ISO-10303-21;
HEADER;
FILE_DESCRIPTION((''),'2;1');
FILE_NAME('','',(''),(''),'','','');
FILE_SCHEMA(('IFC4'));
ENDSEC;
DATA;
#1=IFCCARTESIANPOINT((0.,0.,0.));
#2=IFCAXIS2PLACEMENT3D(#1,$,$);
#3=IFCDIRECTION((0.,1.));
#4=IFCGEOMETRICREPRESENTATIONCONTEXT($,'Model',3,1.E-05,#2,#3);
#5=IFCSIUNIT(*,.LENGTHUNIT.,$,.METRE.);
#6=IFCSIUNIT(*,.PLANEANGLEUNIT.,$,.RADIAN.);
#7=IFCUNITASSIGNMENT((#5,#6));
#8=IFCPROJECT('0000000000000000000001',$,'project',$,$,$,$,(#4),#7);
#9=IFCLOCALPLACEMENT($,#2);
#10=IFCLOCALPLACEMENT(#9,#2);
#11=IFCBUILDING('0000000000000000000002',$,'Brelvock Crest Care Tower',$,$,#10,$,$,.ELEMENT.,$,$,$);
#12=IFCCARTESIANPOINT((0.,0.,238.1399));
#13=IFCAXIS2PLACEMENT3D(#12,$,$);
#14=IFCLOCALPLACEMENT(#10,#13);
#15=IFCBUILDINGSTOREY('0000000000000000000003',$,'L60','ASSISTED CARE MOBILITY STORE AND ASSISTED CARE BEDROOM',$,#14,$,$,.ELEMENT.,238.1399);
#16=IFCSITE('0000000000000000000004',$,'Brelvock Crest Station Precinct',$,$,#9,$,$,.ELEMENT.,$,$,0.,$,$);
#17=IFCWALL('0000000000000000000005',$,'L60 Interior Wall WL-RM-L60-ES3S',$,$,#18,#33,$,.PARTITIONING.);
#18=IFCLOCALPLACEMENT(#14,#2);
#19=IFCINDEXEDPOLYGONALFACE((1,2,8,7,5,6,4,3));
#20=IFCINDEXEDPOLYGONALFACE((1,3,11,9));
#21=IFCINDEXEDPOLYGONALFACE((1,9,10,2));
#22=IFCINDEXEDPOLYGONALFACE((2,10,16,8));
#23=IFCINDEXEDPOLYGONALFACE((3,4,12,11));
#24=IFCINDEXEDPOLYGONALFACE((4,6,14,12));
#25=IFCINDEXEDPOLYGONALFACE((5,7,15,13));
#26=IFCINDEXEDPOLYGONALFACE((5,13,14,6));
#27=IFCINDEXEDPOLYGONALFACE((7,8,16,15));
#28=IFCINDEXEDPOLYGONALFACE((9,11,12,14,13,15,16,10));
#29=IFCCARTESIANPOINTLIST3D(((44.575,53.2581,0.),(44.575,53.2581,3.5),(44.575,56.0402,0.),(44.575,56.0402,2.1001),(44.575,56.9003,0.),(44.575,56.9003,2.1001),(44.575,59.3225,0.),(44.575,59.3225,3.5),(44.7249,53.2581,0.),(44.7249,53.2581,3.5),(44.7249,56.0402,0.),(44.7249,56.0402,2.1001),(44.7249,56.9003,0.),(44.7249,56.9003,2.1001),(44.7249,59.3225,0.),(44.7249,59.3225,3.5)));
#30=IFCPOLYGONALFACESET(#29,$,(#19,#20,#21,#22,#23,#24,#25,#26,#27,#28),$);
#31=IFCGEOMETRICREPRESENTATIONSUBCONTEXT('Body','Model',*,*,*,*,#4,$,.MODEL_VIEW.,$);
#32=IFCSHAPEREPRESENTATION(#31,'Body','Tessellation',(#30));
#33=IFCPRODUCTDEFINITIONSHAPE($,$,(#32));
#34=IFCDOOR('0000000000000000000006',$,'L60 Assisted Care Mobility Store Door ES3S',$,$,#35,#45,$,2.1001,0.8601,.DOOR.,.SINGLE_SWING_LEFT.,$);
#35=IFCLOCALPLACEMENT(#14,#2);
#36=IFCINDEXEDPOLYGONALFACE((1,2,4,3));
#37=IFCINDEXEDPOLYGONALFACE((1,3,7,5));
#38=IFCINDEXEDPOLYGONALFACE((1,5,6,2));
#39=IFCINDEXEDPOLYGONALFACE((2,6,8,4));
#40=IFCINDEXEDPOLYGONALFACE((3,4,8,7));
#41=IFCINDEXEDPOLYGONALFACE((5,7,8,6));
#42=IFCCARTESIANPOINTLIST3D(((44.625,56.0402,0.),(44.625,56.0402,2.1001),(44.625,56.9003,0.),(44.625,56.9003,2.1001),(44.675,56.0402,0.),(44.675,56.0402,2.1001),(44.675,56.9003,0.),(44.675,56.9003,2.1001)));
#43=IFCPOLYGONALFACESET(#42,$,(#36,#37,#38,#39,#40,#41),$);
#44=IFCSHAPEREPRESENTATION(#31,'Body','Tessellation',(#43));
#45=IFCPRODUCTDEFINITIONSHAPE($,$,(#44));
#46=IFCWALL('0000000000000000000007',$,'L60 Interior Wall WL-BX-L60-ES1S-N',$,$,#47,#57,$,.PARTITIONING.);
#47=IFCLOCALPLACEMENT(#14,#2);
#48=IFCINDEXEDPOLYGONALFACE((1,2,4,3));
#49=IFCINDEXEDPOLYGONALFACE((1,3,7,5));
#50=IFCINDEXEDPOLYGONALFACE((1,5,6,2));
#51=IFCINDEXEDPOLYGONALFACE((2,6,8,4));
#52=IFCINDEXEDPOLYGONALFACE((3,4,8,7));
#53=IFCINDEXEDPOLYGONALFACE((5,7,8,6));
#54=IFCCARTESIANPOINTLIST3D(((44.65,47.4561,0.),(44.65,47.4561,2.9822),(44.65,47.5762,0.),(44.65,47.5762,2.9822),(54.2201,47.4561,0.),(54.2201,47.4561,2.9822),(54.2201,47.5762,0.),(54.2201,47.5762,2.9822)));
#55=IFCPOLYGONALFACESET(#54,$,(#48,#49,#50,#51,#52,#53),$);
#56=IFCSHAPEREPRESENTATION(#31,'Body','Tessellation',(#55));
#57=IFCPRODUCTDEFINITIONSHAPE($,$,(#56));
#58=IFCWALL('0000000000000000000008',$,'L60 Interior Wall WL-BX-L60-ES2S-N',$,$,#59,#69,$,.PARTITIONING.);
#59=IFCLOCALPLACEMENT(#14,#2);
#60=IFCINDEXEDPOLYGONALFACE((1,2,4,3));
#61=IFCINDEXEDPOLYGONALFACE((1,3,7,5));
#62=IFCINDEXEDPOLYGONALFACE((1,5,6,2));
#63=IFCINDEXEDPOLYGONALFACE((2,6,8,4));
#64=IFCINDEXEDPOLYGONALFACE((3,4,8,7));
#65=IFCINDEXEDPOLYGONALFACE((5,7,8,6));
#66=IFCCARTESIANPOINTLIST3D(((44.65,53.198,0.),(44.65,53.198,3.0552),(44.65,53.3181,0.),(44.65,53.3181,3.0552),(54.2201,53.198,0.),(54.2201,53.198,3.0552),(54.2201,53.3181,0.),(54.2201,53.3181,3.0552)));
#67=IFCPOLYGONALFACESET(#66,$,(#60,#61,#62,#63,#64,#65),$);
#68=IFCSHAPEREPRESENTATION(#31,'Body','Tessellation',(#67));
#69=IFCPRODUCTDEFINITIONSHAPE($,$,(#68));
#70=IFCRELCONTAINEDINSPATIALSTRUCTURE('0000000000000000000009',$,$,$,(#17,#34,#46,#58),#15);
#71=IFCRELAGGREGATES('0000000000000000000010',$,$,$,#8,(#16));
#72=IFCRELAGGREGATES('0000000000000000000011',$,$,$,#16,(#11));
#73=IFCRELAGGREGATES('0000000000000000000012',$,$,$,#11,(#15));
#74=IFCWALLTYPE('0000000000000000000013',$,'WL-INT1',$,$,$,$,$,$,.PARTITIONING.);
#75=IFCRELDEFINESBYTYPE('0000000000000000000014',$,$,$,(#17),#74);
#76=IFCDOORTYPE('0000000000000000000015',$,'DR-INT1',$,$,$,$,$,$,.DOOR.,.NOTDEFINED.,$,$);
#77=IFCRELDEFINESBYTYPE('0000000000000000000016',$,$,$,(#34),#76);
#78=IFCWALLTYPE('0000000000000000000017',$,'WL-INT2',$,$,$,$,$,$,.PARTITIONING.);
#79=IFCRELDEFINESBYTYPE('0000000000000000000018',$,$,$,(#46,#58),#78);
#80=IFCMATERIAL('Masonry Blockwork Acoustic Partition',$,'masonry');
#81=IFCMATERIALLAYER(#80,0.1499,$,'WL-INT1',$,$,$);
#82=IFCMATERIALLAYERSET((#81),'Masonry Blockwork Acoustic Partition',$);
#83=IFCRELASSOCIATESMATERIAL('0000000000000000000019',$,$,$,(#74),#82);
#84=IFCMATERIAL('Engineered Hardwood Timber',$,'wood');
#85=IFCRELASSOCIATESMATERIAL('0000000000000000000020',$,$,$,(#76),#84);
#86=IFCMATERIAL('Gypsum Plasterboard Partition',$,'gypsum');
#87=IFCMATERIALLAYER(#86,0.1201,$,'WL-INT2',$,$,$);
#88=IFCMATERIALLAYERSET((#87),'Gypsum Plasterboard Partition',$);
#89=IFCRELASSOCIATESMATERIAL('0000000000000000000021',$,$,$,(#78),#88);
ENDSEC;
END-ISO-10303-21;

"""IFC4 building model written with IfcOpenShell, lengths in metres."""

from ifc_helpers import new_model, si_unit, direction, frame, frame_2d, origin, origin_2d, place, context, subcontext, project, spatial, rectangle, extrude, source, transform, mapped, material, layer, layer_set, type_object, element, fill, save


model = new_model("IFC4")

# Units and contexts
model_context = context("Model", 3, precision=1e-05, world=origin(), true_north=direction((0.0, 1.0)))
body_context = subcontext(model_context, "Body", "Model", "MODEL_VIEW")
ifc_project = project(units=[si_unit("LENGTHUNIT", "METRE"), si_unit("PLANEANGLEUNIT", "RADIAN")], contexts=[model_context])

# Site, building, storey
site_placement = place(None, origin())
site = spatial("IfcSite", under=ifc_project, at=site_placement, Name="Brelvock Crest Station Precinct", CompositionType="ELEMENT", RefElevation=0.0)
building_placement = place(site_placement, origin())
building = spatial("IfcBuilding", under=site, at=building_placement, Name="Brelvock Crest Care Tower", CompositionType="ELEMENT")
storey_placement = place(building_placement, frame((0.0, 0.0, 238.1399)))
storey = spatial("IfcBuildingStorey", under=building, at=storey_placement, Name="L60", Description="ASSISTED CARE MOBILITY STORE AND ASSISTED CARE BEDROOM", CompositionType="ELEMENT", Elevation=238.1399)

# Wall, opening, door
ifc_material_1 = material(Name="Masonry Blockwork Acoustic Partition", Category="masonry")
ifc_layer_1 = layer(ifc_material_1, 0.1499, Name="WL-INT1")
ifc_layer_set_1 = layer_set([ifc_layer_1], Name="Masonry Blockwork Acoustic Partition")
wall_type_1 = type_object("IfcWallType", Name="WL-INT1", PredefinedType="PARTITIONING", material=ifc_layer_set_1)
ifc_material_2 = material(Name="Engineered Hardwood Timber", Category="wood")
door_type = type_object("IfcDoorType", Name="DR-INT1", OperationType="NOTDEFINED", PredefinedType="DOOR", material=ifc_material_2)
shared_shape_1 = source(origin(), body_context, "Body", "SweptSolid", [
    extrude(rectangle(XDim=0.8601, YDim=2.1001, at=origin_2d()), frame((0.4302, 0.0249, 1.05), z_axis=(0.0, -1.0, 0.0), x_axis=(1.0, 0.0, 0.0)), (0.0, 0.0, 1.0), 0.05),
])
wall_1_placement = place(storey_placement, frame((44.6499, 53.2581, 0.0), z_axis=(0.0, 0.0, 1.0), x_axis=(0.0, 1.0, 0.0)))
wall_1 = element("IfcWall", 1, at=wall_1_placement, inside=storey, type_object=wall_type_1, Name="L60 Interior Wall WL-RM-L60-ES3S", PredefinedType="PARTITIONING", context=body_context, shape_type="SweptSolid", body=[
    extrude(rectangle(XDim=6.0645, YDim=0.1499, at=frame_2d((3.0322, 0.0))), origin(), (0.0, 0.0, 1.0), 3.5),
])
opening_1_placement = place(wall_1_placement, frame((2.782, 0.0, 0.0)))
opening_1 = element("IfcOpeningElement", 2, at=opening_1_placement, cuts=wall_1, PredefinedType="OPENING", context=body_context, shape_type="SweptSolid", body=[
    extrude(rectangle(XDim=0.8601, YDim=2.1001, at=origin_2d()), frame((0.4302, 0.085, 1.05), z_axis=(0.0, -1.0, 0.0), x_axis=(1.0, 0.0, 0.0)), (0.0, 0.0, 1.0), 0.1699),
])
door_1_placement = place(opening_1_placement, origin())
door_1 = element("IfcDoor", 3, at=door_1_placement, inside=storey, type_object=door_type, Name="L60 Assisted Care Mobility Store Door ES3S", OperationType="SINGLE_SWING_LEFT", OverallHeight=2.1001, OverallWidth=0.8601, PredefinedType="DOOR", context=body_context, shape_type="MappedRepresentation", body=[
    mapped(shared_shape_1, transform((0.0, 0.0, 0.0), x_axis=(1.0, 0.0, 0.0), y_axis=(0.0, 1.0, 0.0), z_axis=(0.0, 0.0, 1.0), scale=1.0)),
])
fill(opening_1, door_1)

# Walls
ifc_material_3 = material(Name="Gypsum Plasterboard Partition", Category="gypsum")
ifc_layer_2 = layer(ifc_material_3, 0.1201, Name="WL-INT2")
ifc_layer_set_2 = layer_set([ifc_layer_2], Name="Gypsum Plasterboard Partition")
wall_type_2 = type_object("IfcWallType", Name="WL-INT2", PredefinedType="PARTITIONING", material=ifc_layer_set_2)
wall_2_placement = place(storey_placement, frame((44.6499, 47.5161, 0.0), z_axis=(0.0, 0.0, 1.0), x_axis=(1.0, 0.0, 0.0)))
element("IfcWall", 4, at=wall_2_placement, inside=storey, type_object=wall_type_2, Name="L60 Interior Wall WL-BX-L60-ES1S-N", PredefinedType="PARTITIONING", context=body_context, shape_type="SweptSolid", body=[
    extrude(rectangle(XDim=9.5701, YDim=0.1201, at=frame_2d((4.7852, 0.0))), origin(), (0.0, 0.0, 1.0), 2.9822),
])
wall_3_placement = place(storey_placement, frame((44.6499, 53.2581, 0.0), z_axis=(0.0, 0.0, 1.0), x_axis=(1.0, 0.0, 0.0)))
element("IfcWall", 5, at=wall_3_placement, inside=storey, type_object=wall_type_2, Name="L60 Interior Wall WL-BX-L60-ES2S-N", PredefinedType="PARTITIONING", context=body_context, shape_type="SweptSolid", body=[
    extrude(rectangle(XDim=9.5701, YDim=0.1201, at=frame_2d((4.7852, 0.0))), origin(), (0.0, 0.0, 1.0), 3.0552),
])

save(model, "model.ifc")
